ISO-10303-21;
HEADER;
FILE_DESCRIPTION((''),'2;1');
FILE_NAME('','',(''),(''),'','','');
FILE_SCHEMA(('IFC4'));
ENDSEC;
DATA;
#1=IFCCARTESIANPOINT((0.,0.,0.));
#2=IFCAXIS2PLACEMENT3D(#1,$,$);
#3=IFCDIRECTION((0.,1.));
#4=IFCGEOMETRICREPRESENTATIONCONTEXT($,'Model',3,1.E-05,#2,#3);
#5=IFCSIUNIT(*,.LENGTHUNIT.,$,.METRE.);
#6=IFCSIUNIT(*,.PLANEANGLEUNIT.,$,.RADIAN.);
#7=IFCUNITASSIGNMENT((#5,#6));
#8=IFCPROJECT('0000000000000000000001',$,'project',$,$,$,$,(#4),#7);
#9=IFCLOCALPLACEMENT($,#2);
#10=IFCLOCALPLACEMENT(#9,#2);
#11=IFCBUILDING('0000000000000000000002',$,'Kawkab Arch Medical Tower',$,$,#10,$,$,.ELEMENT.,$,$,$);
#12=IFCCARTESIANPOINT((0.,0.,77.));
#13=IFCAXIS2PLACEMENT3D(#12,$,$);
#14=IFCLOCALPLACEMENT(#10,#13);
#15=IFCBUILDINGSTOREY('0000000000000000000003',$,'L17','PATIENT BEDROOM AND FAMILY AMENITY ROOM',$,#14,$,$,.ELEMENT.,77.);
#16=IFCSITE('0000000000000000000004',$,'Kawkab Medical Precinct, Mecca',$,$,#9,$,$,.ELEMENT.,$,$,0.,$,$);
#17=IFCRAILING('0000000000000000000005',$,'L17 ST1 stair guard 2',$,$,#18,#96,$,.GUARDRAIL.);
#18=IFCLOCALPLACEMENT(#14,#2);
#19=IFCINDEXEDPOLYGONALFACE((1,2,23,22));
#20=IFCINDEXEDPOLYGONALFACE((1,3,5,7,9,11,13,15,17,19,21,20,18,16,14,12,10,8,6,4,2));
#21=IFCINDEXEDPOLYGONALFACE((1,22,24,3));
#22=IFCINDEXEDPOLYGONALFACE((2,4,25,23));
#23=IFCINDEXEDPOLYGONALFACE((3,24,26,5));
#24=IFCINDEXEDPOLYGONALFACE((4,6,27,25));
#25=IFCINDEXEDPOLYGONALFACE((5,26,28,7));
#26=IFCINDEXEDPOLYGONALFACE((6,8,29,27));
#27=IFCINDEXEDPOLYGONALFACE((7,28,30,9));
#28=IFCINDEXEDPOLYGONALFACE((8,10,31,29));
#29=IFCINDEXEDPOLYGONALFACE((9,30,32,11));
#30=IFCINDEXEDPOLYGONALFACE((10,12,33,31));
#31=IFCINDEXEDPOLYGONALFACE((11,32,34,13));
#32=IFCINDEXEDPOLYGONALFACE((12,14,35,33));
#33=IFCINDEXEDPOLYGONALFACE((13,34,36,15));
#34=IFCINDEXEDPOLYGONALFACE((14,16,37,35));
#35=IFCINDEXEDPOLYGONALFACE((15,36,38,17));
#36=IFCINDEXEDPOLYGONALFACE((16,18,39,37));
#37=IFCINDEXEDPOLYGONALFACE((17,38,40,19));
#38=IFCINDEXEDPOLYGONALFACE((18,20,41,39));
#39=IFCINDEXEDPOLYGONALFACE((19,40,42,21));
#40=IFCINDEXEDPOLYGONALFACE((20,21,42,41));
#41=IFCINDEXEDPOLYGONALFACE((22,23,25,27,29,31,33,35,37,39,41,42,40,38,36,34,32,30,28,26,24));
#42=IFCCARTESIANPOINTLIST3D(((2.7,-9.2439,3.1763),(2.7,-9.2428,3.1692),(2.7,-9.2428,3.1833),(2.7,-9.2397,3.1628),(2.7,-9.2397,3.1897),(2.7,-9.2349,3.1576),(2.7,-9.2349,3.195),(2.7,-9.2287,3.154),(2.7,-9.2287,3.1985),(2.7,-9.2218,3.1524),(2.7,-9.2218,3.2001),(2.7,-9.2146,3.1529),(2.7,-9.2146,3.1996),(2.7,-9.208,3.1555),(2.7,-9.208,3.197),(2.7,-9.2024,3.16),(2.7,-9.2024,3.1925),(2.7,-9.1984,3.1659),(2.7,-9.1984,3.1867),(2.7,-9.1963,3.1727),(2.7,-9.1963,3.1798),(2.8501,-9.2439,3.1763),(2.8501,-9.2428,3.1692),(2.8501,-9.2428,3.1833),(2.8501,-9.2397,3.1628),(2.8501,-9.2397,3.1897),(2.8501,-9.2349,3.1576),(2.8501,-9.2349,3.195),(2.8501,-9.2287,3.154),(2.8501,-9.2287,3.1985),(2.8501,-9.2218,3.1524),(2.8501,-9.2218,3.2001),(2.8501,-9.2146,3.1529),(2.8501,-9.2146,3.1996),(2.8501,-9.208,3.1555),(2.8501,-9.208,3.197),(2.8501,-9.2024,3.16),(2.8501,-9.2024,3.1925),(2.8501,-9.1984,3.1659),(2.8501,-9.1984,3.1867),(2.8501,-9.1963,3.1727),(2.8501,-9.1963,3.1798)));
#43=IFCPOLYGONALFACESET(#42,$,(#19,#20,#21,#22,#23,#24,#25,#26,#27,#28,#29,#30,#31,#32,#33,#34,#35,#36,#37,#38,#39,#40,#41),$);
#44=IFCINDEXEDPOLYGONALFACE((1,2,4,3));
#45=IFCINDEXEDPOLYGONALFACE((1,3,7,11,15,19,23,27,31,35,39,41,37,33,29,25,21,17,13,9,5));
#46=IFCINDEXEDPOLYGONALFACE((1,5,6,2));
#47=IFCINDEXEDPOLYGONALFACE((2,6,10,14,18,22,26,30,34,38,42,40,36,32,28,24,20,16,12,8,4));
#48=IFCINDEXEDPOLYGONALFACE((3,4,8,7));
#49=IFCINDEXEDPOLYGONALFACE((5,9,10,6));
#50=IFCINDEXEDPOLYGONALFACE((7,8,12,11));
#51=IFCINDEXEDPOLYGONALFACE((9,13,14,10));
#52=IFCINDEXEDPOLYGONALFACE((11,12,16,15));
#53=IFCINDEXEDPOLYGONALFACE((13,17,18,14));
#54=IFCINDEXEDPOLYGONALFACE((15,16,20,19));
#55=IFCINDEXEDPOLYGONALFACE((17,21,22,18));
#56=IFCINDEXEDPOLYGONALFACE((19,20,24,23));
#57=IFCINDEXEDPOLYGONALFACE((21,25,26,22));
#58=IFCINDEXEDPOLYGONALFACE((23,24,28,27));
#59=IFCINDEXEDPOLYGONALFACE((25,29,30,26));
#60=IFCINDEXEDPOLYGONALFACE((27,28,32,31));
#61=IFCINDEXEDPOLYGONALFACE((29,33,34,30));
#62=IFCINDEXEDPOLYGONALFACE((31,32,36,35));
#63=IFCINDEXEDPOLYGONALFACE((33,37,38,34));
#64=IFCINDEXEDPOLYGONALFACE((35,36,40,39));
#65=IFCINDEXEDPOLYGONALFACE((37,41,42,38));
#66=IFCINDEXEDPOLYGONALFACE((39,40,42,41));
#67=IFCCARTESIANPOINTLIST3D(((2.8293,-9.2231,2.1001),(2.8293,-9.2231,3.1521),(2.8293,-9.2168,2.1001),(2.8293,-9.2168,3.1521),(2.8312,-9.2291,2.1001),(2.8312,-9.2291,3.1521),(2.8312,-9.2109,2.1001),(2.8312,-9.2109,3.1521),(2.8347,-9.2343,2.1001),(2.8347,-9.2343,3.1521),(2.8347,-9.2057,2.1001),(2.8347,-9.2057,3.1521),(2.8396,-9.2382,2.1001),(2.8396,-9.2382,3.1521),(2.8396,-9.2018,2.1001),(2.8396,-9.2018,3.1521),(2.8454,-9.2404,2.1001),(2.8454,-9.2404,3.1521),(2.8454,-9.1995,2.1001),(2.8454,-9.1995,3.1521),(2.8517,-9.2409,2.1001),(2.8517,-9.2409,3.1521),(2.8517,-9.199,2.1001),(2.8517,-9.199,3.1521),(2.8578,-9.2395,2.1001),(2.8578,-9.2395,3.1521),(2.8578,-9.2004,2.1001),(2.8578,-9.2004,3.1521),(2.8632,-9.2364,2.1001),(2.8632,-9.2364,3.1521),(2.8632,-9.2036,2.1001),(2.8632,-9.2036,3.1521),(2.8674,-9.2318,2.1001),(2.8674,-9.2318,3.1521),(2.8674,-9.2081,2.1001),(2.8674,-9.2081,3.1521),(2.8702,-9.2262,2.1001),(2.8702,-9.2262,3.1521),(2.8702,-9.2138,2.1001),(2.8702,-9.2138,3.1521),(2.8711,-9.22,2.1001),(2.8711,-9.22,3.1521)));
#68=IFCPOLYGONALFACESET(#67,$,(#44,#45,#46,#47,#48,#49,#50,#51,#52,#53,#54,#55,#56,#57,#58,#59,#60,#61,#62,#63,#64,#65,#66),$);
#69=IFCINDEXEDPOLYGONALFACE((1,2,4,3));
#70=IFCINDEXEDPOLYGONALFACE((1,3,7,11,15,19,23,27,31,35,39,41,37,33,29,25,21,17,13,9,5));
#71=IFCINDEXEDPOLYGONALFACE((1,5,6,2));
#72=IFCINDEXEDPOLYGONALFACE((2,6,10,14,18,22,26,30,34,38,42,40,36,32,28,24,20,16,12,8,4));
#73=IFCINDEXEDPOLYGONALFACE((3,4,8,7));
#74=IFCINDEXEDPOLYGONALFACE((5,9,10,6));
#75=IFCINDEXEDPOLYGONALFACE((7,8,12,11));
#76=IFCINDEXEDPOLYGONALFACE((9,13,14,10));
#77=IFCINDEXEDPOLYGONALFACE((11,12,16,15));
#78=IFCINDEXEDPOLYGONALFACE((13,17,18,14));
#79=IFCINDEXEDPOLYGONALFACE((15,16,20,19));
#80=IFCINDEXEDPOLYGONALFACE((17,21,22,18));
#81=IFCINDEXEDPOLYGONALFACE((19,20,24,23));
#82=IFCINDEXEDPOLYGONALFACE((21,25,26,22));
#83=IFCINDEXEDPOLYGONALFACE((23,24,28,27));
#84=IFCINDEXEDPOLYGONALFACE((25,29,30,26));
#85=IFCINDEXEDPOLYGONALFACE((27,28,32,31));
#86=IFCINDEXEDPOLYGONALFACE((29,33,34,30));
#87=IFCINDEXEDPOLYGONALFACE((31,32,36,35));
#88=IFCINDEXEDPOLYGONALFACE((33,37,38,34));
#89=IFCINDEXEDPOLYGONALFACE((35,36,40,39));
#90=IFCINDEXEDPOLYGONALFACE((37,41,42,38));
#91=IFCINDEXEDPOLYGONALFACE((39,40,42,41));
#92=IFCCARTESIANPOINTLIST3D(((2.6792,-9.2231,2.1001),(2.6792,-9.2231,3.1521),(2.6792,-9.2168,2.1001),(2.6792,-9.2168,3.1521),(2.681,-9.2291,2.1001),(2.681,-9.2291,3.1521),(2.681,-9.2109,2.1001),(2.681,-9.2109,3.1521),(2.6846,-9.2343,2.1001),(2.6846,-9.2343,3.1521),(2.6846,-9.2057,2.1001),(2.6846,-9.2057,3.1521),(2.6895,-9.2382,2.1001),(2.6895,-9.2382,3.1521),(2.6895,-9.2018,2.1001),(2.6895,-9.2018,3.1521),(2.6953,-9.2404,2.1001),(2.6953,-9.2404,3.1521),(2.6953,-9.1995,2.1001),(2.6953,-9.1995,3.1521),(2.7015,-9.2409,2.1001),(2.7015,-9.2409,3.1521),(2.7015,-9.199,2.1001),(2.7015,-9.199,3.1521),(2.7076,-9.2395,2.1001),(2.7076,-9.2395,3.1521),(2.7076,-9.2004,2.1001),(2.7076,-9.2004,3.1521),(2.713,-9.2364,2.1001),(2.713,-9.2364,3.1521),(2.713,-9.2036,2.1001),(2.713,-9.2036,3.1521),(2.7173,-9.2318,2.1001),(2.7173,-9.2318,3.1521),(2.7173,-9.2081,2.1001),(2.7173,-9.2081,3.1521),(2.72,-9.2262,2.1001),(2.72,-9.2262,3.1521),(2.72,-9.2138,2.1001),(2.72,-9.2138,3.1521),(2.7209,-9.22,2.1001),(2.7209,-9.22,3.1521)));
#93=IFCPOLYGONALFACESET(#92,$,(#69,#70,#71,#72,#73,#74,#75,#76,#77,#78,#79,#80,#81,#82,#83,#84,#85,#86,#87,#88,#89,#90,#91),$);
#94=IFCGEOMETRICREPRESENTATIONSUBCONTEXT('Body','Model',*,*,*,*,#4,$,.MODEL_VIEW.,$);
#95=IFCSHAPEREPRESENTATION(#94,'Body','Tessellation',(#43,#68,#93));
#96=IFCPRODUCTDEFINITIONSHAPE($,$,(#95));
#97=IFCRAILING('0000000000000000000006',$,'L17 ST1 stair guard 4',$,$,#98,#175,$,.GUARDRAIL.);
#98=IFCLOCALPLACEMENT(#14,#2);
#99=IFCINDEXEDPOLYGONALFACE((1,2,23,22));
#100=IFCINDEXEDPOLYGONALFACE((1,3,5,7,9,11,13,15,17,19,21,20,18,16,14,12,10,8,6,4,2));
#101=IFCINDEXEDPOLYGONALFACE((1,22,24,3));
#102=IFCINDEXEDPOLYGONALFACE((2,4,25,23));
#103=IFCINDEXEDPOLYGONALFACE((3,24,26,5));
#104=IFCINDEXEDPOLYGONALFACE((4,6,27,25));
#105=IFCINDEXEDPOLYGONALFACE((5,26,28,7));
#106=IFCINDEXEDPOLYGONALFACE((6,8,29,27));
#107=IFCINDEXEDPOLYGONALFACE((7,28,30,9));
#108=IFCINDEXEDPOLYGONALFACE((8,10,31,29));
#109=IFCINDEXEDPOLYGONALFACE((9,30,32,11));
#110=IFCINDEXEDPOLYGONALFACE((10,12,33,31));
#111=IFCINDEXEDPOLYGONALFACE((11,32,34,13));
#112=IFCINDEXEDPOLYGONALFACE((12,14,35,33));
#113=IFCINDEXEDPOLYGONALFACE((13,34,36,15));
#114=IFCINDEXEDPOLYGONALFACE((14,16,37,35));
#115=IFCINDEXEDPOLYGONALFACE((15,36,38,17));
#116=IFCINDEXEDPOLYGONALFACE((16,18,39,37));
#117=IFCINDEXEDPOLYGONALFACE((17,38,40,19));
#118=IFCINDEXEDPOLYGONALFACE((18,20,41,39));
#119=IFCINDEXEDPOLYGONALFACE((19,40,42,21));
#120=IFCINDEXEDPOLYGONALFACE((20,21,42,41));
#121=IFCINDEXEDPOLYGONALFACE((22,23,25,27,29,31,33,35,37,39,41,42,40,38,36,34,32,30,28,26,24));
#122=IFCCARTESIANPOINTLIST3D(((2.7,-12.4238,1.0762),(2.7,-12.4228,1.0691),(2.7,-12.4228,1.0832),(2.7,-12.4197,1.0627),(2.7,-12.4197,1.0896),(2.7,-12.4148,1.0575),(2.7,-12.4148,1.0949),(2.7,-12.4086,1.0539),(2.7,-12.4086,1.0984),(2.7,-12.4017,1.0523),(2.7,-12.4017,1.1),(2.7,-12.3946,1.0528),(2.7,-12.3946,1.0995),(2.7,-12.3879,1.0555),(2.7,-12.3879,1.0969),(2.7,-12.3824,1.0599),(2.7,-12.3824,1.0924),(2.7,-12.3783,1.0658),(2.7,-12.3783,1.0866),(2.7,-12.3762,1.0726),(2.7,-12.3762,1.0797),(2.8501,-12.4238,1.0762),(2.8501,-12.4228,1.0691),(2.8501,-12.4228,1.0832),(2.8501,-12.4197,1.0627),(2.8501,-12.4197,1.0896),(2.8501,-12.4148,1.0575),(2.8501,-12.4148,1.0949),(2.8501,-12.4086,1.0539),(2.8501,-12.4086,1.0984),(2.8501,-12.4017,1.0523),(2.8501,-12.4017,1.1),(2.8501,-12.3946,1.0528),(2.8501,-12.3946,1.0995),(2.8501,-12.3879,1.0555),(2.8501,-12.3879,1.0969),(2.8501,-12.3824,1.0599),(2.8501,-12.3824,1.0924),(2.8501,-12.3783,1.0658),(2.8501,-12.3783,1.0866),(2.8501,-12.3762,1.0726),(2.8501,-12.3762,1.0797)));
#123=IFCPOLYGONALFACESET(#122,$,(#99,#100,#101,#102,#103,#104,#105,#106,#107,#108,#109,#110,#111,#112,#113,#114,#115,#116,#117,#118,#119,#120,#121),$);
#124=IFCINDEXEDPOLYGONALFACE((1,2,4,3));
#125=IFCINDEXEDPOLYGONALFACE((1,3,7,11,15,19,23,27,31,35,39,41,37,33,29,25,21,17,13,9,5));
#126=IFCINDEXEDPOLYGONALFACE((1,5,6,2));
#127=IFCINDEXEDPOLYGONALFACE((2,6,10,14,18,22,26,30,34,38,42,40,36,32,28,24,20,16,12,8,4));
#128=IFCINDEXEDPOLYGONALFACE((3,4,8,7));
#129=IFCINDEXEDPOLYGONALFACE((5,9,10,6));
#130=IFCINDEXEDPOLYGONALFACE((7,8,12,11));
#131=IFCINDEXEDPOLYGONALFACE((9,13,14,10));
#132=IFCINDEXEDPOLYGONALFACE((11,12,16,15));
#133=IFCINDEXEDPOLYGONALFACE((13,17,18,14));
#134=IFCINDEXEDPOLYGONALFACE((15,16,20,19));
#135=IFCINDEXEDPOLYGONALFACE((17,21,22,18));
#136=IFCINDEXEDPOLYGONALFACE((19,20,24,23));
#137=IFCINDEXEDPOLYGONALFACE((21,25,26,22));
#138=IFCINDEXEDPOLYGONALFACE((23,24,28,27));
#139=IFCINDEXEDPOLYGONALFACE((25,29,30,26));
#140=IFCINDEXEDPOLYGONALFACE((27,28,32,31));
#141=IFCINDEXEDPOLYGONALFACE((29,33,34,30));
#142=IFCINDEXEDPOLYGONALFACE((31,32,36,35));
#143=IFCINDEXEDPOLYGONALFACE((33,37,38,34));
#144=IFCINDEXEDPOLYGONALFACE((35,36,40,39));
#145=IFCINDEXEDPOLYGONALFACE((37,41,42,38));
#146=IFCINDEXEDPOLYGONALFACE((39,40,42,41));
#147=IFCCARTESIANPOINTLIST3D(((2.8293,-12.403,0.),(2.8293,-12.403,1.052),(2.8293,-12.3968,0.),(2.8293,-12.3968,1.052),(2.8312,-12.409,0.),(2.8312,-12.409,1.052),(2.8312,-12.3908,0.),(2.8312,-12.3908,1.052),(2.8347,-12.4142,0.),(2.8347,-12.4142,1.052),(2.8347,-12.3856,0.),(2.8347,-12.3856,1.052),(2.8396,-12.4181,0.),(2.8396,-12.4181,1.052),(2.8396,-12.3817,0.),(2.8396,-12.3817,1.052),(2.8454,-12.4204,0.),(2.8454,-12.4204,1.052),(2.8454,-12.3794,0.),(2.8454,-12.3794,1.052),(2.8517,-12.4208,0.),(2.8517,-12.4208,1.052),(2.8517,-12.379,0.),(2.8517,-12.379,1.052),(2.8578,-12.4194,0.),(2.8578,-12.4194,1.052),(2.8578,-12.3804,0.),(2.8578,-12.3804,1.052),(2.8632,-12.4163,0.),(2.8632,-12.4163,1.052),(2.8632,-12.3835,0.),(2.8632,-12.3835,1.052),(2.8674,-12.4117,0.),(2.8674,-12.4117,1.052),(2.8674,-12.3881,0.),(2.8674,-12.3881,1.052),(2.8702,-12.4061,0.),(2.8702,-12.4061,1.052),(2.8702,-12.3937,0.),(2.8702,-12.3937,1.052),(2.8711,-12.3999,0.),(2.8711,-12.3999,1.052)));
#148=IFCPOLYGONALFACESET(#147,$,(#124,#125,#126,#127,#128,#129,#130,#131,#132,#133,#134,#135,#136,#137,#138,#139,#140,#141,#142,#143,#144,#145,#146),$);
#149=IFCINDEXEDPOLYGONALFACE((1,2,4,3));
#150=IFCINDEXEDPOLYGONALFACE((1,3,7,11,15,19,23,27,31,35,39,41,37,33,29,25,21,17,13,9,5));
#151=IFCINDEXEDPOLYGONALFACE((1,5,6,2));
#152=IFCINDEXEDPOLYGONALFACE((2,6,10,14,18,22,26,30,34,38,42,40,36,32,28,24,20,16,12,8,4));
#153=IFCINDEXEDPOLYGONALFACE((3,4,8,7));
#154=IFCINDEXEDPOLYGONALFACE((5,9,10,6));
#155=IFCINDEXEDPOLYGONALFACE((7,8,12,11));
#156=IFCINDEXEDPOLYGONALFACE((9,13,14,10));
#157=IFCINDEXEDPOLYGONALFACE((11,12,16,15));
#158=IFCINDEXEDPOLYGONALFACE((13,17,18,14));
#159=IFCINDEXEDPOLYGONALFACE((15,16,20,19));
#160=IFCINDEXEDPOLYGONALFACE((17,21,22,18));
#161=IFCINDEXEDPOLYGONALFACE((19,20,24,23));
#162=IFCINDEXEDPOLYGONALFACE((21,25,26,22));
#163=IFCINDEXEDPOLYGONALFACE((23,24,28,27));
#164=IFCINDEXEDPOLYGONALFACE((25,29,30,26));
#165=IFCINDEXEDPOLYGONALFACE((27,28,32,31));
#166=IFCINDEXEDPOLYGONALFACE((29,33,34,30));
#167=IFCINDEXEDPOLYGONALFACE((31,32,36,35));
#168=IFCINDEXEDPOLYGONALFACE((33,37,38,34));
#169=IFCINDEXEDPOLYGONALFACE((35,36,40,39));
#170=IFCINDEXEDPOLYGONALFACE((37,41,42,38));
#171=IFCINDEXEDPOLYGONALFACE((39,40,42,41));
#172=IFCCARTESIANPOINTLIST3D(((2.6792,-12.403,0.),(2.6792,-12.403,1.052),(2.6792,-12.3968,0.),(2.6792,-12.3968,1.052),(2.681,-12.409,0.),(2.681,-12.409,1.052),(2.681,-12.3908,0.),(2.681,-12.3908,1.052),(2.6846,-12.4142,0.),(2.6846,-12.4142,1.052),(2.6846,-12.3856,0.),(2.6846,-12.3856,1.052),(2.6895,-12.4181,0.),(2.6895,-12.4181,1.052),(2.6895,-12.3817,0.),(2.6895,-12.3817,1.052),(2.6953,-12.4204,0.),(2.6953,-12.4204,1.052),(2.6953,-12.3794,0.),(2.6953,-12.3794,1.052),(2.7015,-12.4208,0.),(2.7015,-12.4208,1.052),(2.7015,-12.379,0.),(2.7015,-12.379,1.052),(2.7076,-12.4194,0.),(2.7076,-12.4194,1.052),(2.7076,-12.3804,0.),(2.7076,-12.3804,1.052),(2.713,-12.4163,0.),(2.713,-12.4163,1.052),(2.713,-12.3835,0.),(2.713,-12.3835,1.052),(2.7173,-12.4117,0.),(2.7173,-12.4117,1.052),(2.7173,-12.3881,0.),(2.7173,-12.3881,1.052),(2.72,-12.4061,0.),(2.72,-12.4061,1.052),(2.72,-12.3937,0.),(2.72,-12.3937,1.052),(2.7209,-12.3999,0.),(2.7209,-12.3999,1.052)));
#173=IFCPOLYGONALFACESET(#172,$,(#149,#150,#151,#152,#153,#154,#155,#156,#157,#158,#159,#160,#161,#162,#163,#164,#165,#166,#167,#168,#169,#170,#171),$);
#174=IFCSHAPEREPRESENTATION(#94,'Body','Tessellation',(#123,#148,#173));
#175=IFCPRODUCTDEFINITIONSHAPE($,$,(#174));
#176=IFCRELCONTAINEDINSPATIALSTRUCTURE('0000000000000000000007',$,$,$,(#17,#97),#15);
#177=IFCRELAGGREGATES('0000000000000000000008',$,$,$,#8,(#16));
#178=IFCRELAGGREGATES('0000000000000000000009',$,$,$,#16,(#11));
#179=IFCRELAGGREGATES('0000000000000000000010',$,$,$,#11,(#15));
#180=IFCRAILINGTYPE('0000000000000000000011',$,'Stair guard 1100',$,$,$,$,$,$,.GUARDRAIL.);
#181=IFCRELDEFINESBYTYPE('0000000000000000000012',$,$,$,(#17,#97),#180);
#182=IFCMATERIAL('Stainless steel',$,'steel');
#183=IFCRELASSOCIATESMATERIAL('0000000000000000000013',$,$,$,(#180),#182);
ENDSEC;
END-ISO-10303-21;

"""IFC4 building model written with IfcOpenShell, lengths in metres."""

from ifc_helpers import new_model, si_unit, direction, frame, origin, origin_2d, place, context, subcontext, project, spatial, circle, extrude, material, type_object, element, save


model = new_model("IFC4")

# Units and contexts
model_context = context("Model", 3, precision=1e-05, world=origin(), true_north=direction((0.0, 1.0)))
body_context = subcontext(model_context, "Body", "Model", "MODEL_VIEW")
ifc_project = project(units=[si_unit("LENGTHUNIT", "METRE"), si_unit("PLANEANGLEUNIT", "RADIAN")], contexts=[model_context])

# Site, building, storey
site_placement = place(None, origin())
site = spatial("IfcSite", under=ifc_project, at=site_placement, Name="Kawkab Medical Precinct, Mecca", CompositionType="ELEMENT", RefElevation=0.0)
building_placement = place(site_placement, origin())
building = spatial("IfcBuilding", under=site, at=building_placement, Name="Kawkab Arch Medical Tower", CompositionType="ELEMENT")
storey_placement = place(building_placement, frame((0.0, 0.0, 77.0)))
storey = spatial("IfcBuildingStorey", under=building, at=storey_placement, Name="L17", Description="PATIENT BEDROOM AND FAMILY AMENITY ROOM", CompositionType="ELEMENT", Elevation=77.0)

# Railings
ifc_material_1 = material(Name="Stainless steel", Category="steel")
railing_type = type_object("IfcRailingType", Name="Stair guard 1100", PredefinedType="GUARDRAIL", material=ifc_material_1)
for number, where, name in (
    (1, (2.8501, -9.22, 2.1001), "L17 ST1 stair guard 2"),
    (2, (2.8501, -12.3999, 0.0), "L17 ST1 stair guard 4"),
):
    element("IfcRailing", number, at=place(storey_placement, frame(where)), inside=storey, type_object=railing_type, Name=name, PredefinedType="GUARDRAIL", context=body_context, shape_type="SweptSolid", body=[
        extrude(circle(Radius=0.0239, at=origin_2d()), frame((0.0, 0.0, 1.0762), z_axis=(-1.0, 0.0, 0.0), x_axis=(0.0, -1.0, 0.0)), (0.0, 0.0, 1.0), 0.1501),
        extrude(circle(Radius=0.021, at=origin_2d()), origin(), (0.0, 0.0, 1.0), 1.052),
        extrude(circle(Radius=0.021, at=origin_2d()), frame((-0.1501, 0.0, 0.0)), (0.0, 0.0, 1.0), 1.052),
    ])

save(model, "model.ifc")
